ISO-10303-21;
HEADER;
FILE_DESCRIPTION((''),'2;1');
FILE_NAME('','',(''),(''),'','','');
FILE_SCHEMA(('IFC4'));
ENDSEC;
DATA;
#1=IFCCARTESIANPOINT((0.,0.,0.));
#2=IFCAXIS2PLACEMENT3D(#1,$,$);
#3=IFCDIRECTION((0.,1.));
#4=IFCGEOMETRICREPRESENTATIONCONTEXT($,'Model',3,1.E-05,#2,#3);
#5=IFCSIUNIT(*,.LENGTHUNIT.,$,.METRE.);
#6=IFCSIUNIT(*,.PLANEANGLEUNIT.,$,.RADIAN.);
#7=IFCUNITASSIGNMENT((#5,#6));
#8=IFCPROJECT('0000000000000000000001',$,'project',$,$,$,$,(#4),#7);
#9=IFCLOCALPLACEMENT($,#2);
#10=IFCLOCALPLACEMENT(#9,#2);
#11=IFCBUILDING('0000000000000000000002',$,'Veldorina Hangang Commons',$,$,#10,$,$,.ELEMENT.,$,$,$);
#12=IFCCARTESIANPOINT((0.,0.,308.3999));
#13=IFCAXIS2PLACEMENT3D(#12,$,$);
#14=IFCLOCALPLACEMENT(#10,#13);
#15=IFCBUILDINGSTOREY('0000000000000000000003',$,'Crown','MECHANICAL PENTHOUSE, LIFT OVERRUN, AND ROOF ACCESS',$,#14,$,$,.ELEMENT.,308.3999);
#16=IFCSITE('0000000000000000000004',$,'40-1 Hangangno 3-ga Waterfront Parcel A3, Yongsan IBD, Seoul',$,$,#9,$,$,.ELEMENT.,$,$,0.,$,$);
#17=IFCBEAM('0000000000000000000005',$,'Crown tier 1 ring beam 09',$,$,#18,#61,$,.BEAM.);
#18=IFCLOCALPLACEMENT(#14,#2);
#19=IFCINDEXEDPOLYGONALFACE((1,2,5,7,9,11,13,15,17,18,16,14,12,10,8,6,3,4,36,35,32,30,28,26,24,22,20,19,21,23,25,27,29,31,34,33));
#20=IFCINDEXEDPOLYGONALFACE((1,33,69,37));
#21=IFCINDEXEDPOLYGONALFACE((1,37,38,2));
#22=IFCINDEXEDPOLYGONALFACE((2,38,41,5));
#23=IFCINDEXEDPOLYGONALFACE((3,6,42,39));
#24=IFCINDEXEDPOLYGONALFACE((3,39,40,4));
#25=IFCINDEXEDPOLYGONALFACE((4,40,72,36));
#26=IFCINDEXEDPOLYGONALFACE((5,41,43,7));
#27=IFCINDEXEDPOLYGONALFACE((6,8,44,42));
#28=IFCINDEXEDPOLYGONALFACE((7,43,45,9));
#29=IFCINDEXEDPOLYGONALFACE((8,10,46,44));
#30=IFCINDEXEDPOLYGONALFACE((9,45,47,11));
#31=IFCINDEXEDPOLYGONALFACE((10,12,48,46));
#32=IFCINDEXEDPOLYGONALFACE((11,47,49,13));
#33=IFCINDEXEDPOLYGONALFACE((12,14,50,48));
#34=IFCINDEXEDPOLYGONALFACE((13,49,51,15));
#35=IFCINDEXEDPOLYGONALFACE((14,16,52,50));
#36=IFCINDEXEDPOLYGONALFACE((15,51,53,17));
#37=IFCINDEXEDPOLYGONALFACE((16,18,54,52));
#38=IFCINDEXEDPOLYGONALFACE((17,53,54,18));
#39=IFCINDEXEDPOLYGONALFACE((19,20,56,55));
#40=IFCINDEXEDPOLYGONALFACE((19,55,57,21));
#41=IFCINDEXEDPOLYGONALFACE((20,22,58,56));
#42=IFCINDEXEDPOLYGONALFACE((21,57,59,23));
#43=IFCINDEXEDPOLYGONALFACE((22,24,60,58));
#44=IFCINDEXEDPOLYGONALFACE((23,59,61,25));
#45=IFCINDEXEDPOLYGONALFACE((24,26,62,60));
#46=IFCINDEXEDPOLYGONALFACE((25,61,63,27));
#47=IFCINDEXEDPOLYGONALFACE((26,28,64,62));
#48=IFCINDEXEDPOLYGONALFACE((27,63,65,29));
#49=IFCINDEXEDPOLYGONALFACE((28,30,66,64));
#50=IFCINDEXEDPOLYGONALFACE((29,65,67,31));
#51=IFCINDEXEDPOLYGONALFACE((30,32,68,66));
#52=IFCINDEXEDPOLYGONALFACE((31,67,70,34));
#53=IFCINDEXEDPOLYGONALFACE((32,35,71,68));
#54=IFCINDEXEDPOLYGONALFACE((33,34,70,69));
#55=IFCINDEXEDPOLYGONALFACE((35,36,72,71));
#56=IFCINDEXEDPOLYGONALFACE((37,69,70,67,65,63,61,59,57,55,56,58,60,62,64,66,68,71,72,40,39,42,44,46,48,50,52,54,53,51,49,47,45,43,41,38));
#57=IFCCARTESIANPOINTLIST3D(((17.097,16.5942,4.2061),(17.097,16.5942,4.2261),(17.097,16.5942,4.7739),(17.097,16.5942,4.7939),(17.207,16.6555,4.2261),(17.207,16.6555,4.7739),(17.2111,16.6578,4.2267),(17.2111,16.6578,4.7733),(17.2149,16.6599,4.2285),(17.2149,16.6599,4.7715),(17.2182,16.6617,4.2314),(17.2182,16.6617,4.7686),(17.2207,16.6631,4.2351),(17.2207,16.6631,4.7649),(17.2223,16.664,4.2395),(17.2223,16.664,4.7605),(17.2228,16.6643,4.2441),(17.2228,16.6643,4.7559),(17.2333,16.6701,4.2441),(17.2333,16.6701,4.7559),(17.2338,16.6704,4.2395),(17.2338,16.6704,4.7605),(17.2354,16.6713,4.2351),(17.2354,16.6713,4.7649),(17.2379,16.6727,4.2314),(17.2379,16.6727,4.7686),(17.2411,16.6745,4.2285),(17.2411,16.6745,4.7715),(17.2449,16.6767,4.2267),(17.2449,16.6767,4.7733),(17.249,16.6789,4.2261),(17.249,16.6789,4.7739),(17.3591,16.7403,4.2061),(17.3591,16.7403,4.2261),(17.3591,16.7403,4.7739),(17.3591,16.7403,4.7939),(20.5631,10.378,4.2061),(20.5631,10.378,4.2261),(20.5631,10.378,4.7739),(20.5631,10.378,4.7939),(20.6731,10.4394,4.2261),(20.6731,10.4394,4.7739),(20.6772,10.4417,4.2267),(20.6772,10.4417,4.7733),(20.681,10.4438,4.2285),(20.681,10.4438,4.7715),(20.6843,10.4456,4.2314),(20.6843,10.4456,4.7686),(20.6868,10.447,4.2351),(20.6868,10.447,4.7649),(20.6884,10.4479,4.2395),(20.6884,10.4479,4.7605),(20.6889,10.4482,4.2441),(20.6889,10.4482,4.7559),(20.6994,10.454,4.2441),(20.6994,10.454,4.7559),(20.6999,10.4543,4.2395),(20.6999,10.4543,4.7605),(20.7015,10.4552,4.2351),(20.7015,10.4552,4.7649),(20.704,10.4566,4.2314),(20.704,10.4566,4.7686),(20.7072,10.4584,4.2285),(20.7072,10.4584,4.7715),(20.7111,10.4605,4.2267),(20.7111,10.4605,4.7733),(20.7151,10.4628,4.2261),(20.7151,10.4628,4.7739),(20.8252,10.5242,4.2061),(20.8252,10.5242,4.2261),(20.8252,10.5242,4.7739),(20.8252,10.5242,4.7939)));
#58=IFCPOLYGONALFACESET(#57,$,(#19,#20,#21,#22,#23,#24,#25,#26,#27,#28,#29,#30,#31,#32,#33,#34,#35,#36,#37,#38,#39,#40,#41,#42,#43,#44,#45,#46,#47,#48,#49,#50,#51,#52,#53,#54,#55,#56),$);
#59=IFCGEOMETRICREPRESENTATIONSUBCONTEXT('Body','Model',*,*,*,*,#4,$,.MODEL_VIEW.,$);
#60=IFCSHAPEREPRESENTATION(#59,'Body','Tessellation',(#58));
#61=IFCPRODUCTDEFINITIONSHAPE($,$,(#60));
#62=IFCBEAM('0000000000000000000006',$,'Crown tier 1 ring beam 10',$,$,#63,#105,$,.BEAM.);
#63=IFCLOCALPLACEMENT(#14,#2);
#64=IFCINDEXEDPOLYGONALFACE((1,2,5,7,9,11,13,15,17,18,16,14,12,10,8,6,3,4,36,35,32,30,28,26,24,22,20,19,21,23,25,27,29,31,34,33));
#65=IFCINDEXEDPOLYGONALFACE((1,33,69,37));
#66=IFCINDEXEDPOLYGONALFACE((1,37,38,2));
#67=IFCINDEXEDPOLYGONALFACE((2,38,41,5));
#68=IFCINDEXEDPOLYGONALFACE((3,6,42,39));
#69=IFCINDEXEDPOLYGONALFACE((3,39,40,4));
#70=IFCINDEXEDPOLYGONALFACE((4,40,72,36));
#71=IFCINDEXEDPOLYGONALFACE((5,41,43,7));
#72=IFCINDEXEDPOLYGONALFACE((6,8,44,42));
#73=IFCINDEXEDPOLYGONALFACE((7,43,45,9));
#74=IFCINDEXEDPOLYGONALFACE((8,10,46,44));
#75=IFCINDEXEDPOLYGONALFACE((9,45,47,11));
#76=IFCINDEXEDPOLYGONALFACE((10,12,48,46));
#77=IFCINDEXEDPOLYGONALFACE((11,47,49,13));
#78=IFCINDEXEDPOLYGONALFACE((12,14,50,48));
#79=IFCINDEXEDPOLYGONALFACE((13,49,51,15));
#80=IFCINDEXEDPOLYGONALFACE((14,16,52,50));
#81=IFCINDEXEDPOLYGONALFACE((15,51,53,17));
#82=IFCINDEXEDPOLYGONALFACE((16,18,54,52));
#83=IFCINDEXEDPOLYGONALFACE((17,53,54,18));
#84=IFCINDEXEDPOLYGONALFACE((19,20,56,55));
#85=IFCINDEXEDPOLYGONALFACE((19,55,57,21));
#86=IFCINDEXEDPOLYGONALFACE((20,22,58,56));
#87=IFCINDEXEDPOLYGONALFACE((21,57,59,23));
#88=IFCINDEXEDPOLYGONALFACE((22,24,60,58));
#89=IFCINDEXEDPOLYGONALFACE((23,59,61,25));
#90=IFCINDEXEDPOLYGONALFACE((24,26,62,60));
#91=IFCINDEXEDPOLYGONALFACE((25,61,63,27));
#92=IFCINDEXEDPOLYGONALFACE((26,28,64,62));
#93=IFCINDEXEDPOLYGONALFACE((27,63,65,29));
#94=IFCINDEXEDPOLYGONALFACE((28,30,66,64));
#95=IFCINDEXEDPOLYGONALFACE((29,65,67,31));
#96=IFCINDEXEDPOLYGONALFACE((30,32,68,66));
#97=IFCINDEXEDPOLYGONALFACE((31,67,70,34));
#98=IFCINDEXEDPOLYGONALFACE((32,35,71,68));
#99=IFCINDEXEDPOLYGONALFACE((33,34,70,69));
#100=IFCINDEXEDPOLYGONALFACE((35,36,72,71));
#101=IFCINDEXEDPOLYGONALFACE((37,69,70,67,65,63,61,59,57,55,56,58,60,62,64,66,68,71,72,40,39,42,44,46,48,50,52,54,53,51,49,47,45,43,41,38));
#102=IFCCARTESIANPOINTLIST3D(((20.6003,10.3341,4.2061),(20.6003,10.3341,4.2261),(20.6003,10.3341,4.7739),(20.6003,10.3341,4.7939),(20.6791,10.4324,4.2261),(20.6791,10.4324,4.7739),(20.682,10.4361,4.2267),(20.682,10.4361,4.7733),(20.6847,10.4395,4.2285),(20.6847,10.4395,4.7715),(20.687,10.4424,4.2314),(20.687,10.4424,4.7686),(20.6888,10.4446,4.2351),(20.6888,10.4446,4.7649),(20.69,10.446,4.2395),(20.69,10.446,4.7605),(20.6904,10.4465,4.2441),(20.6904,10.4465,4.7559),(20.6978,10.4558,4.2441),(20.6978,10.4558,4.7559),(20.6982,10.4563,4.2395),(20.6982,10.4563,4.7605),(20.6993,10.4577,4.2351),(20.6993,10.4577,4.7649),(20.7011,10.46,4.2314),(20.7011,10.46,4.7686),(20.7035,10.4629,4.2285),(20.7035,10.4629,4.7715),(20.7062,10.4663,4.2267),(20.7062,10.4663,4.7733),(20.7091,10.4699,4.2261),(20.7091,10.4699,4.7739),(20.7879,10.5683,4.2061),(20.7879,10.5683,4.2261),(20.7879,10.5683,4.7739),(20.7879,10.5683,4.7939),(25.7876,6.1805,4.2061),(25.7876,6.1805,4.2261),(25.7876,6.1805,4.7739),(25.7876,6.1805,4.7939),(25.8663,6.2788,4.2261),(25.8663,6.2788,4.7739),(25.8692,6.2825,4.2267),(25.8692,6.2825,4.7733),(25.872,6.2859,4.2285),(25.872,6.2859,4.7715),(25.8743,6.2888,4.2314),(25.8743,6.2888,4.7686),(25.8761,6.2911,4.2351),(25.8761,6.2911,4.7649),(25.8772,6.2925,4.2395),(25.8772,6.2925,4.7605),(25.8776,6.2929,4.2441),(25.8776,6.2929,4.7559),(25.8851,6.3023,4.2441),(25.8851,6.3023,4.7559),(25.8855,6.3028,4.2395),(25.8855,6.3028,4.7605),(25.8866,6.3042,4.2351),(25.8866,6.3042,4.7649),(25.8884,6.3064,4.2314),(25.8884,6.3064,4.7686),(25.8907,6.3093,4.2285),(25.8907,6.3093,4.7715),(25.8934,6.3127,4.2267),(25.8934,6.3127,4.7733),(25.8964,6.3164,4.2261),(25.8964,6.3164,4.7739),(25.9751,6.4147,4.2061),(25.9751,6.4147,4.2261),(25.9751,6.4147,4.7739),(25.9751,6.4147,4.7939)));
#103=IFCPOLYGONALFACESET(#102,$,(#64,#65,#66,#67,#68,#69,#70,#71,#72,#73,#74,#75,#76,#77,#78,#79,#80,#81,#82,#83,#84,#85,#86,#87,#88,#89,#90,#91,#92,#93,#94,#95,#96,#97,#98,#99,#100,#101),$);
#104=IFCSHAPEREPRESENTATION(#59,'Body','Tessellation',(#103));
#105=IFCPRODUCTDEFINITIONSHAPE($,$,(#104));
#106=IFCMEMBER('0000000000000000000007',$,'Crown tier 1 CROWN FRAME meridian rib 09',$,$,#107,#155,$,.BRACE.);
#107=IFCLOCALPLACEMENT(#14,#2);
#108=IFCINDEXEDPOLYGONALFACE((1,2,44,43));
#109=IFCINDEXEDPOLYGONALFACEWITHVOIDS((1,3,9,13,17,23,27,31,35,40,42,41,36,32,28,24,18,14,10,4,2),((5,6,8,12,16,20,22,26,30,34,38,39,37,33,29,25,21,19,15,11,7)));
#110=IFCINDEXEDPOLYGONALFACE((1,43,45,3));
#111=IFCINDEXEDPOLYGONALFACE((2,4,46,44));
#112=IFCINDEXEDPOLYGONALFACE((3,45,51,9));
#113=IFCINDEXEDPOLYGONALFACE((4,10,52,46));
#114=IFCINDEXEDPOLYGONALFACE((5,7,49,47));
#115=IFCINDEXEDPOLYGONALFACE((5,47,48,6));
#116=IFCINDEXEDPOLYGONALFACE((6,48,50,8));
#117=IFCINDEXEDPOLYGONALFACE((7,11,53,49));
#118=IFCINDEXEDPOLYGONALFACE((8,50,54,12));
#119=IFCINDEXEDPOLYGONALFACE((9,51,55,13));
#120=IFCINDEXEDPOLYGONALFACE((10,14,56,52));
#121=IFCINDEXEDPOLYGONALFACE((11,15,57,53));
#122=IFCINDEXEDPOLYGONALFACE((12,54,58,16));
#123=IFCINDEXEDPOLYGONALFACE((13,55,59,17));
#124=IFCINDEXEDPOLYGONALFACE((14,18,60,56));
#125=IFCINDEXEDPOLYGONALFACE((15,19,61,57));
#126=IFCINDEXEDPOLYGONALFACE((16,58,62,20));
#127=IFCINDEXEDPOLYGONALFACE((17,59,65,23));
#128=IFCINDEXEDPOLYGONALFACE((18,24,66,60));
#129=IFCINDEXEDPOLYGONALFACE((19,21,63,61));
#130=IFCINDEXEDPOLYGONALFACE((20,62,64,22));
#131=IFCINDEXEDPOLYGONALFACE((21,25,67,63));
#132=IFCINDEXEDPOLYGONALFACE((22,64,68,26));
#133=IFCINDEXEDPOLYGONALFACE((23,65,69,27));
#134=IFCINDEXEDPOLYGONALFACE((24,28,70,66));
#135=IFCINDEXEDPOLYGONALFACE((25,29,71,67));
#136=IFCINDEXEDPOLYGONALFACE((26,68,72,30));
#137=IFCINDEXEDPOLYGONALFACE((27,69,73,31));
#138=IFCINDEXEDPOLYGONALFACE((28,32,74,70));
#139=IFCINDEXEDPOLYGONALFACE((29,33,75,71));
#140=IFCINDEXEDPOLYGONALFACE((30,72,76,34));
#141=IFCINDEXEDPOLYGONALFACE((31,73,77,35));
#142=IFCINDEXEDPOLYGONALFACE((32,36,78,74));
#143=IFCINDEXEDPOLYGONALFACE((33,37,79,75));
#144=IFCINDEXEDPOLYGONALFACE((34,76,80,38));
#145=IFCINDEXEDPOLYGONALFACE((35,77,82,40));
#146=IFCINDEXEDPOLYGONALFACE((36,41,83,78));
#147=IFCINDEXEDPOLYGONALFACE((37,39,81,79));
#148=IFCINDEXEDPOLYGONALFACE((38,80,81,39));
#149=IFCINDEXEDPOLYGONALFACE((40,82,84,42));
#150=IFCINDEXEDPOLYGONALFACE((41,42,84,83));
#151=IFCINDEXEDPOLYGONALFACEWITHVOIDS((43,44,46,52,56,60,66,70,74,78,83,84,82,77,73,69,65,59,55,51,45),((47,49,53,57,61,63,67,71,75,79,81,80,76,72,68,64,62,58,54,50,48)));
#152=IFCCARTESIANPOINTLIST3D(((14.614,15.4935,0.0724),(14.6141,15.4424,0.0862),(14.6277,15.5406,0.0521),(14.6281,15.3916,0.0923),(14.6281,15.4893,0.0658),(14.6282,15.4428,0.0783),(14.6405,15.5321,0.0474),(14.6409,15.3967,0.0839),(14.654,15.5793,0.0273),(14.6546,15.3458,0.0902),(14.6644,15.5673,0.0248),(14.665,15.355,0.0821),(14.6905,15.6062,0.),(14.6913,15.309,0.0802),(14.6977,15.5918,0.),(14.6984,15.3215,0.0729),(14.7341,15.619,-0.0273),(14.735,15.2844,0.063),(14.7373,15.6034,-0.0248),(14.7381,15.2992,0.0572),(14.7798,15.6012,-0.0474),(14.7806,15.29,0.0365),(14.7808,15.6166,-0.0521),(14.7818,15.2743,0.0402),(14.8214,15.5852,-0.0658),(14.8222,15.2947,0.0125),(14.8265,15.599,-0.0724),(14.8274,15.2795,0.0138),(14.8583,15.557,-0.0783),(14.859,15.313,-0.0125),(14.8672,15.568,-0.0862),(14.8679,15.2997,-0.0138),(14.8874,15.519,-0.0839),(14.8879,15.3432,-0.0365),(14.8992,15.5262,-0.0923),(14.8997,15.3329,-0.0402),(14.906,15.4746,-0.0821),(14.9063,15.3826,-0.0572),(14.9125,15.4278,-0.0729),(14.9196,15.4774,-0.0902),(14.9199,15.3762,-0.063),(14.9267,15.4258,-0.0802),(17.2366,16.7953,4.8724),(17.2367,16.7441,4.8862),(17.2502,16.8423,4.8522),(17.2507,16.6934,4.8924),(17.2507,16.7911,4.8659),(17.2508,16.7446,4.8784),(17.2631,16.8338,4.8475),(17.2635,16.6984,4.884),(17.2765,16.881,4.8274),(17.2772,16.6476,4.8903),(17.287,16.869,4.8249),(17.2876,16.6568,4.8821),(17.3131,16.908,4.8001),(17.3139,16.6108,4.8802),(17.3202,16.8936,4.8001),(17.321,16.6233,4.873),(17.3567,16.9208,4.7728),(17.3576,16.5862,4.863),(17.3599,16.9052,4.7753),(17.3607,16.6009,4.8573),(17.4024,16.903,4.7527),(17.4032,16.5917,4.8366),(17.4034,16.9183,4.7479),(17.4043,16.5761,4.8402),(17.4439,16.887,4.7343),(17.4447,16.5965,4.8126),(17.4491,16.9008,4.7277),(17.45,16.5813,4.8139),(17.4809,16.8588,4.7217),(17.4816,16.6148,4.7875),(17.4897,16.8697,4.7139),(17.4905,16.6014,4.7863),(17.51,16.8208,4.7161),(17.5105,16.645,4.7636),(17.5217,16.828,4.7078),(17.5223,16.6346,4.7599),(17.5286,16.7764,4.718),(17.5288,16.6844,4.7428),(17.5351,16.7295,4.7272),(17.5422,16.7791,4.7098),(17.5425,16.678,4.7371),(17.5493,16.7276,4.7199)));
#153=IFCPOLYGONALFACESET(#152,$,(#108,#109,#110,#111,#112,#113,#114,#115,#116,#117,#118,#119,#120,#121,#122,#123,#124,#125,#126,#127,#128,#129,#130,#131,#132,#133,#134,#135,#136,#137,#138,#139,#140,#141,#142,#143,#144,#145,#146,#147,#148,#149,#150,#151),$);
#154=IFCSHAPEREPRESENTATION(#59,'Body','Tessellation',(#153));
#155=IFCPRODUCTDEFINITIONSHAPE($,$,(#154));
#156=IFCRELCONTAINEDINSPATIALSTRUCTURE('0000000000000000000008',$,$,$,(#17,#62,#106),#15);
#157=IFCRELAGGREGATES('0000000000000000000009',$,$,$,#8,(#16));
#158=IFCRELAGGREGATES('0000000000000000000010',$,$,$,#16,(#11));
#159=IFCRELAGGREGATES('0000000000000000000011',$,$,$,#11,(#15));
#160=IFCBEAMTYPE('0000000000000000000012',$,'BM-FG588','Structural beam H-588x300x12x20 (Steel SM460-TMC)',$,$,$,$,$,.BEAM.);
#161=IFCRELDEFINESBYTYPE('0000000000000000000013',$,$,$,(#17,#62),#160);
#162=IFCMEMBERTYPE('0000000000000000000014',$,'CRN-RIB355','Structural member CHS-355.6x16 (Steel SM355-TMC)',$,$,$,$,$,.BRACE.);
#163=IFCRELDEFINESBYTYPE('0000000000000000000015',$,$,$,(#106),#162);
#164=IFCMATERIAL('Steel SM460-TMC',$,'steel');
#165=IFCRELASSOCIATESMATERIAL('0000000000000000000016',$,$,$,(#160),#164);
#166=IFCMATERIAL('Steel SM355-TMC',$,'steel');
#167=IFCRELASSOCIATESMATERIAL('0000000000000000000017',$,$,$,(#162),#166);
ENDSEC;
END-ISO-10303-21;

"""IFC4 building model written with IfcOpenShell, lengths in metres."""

from ifc_helpers import new_model, si_unit, direction, frame, origin, origin_2d, place, context, subcontext, project, spatial, hollow_circle, i_section, extrude, material, material_profile, profile_set, type_object, element, save


model = new_model("IFC4")

# Units and contexts
model_context = context("Model", 3, precision=1e-05, world=origin(), true_north=direction((0.0, 1.0)))
body_context = subcontext(model_context, "Body", "Model", "MODEL_VIEW")
ifc_project = project(units=[si_unit("LENGTHUNIT", "METRE"), si_unit("PLANEANGLEUNIT", "RADIAN")], contexts=[model_context])

# Site, building, storey
site_placement = place(None, origin())
site = spatial("IfcSite", under=ifc_project, at=site_placement, Name="40-1 Hangangno 3-ga Waterfront Parcel A3, Yongsan IBD, Seoul", CompositionType="ELEMENT", RefElevation=0.0)
building_placement = place(site_placement, origin())
building = spatial("IfcBuilding", under=site, at=building_placement, Name="Veldorina Hangang Commons", CompositionType="ELEMENT")
storey_placement = place(building_placement, frame((0.0, 0.0, 308.3999)))
storey = spatial("IfcBuildingStorey", under=building, at=storey_placement, Name="Crown", Description="MECHANICAL PENTHOUSE, LIFT OVERRUN, AND ROOF ACCESS", CompositionType="ELEMENT", Elevation=308.3999)

# Beams
ifc_material_1 = material(Name="Steel SM460-TMC", Category="steel")
ifc_material_profile_1 = material_profile(ifc_material_1, i_section(OverallWidth=0.3, OverallDepth=0.5879, WebThickness=0.012, FlangeThickness=0.02, FilletRadius=0.0181, at=origin_2d()), Name="H-588x300x12x20")
ifc_profile_set_1 = profile_set([ifc_material_profile_1], Name="Steel SM460-TMC")
beam_type = type_object("IfcBeamType", Name="BM-FG588", Description="Structural beam H-588x300x12x20 (Steel SM460-TMC)", PredefinedType="BEAM", material=ifc_profile_set_1)
beam_1_placement = place(storey_placement, frame((17.228, 16.6672, 4.5), z_axis=(0.487005, -0.873399, 0.0), x_axis=(0.873399, 0.487005, 0.0)))
element("IfcBeam", 1, at=beam_1_placement, inside=storey, type_object=beam_type, Name="Crown tier 1 ring beam 09", PredefinedType="BEAM", context=body_context, shape_type="SweptSolid", body=[
    extrude(i_section(OverallWidth=0.3, OverallDepth=0.5879, WebThickness=0.012, FlangeThickness=0.02, FilletRadius=0.0181, at=origin_2d()), origin(), (0.0, 0.0, 1.0), 7.1172),
])
beam_2_placement = place(storey_placement, frame((20.6941, 10.4512, 4.5), z_axis=(0.780593, -0.62504, 0.0), x_axis=(0.62504, 0.780593, 0.0)))
element("IfcBeam", 2, at=beam_2_placement, inside=storey, type_object=beam_type, Name="Crown tier 1 ring beam 10", PredefinedType="BEAM", context=body_context, shape_type="SweptSolid", body=[
    extrude(i_section(OverallWidth=0.3, OverallDepth=0.5879, WebThickness=0.012, FlangeThickness=0.02, FilletRadius=0.0181, at=origin_2d()), origin(), (0.0, 0.0, 1.0), 6.6453),
])

# Member
ifc_material_2 = material(Name="Steel SM355-TMC", Category="steel")
ifc_material_profile_2 = material_profile(ifc_material_2, hollow_circle(Radius=0.1777, WallThickness=0.0161, at=origin_2d()), Name="CHS-355.6x16")
ifc_profile_set_2 = profile_set([ifc_material_profile_2], Name="Steel SM355-TMC")
member_type_1 = type_object("IfcMemberType", Name="CRN-RIB355", Description="Structural member CHS-355.6x16 (Steel SM355-TMC)", PredefinedType="BRACE", material=ifc_profile_set_2)
member_1_placement = place(storey_placement, frame((14.7695, 15.447, 0.0), z_axis=(0.466437, 0.231525, 0.853717), x_axis=(-0.44461, 0.895724, 0.0)))
element("IfcMember", 3, at=member_1_placement, inside=storey, type_object=member_type_1, Name="Crown tier 1 CROWN FRAME meridian rib 09", PredefinedType="BRACE", context=body_context, shape_type="SweptSolid", body=[
    extrude(hollow_circle(Radius=0.1777, WallThickness=0.0161, at=origin_2d()), origin(), (0.0, 0.0, 1.0), 5.6226),
])

save(model, "model.ifc")
